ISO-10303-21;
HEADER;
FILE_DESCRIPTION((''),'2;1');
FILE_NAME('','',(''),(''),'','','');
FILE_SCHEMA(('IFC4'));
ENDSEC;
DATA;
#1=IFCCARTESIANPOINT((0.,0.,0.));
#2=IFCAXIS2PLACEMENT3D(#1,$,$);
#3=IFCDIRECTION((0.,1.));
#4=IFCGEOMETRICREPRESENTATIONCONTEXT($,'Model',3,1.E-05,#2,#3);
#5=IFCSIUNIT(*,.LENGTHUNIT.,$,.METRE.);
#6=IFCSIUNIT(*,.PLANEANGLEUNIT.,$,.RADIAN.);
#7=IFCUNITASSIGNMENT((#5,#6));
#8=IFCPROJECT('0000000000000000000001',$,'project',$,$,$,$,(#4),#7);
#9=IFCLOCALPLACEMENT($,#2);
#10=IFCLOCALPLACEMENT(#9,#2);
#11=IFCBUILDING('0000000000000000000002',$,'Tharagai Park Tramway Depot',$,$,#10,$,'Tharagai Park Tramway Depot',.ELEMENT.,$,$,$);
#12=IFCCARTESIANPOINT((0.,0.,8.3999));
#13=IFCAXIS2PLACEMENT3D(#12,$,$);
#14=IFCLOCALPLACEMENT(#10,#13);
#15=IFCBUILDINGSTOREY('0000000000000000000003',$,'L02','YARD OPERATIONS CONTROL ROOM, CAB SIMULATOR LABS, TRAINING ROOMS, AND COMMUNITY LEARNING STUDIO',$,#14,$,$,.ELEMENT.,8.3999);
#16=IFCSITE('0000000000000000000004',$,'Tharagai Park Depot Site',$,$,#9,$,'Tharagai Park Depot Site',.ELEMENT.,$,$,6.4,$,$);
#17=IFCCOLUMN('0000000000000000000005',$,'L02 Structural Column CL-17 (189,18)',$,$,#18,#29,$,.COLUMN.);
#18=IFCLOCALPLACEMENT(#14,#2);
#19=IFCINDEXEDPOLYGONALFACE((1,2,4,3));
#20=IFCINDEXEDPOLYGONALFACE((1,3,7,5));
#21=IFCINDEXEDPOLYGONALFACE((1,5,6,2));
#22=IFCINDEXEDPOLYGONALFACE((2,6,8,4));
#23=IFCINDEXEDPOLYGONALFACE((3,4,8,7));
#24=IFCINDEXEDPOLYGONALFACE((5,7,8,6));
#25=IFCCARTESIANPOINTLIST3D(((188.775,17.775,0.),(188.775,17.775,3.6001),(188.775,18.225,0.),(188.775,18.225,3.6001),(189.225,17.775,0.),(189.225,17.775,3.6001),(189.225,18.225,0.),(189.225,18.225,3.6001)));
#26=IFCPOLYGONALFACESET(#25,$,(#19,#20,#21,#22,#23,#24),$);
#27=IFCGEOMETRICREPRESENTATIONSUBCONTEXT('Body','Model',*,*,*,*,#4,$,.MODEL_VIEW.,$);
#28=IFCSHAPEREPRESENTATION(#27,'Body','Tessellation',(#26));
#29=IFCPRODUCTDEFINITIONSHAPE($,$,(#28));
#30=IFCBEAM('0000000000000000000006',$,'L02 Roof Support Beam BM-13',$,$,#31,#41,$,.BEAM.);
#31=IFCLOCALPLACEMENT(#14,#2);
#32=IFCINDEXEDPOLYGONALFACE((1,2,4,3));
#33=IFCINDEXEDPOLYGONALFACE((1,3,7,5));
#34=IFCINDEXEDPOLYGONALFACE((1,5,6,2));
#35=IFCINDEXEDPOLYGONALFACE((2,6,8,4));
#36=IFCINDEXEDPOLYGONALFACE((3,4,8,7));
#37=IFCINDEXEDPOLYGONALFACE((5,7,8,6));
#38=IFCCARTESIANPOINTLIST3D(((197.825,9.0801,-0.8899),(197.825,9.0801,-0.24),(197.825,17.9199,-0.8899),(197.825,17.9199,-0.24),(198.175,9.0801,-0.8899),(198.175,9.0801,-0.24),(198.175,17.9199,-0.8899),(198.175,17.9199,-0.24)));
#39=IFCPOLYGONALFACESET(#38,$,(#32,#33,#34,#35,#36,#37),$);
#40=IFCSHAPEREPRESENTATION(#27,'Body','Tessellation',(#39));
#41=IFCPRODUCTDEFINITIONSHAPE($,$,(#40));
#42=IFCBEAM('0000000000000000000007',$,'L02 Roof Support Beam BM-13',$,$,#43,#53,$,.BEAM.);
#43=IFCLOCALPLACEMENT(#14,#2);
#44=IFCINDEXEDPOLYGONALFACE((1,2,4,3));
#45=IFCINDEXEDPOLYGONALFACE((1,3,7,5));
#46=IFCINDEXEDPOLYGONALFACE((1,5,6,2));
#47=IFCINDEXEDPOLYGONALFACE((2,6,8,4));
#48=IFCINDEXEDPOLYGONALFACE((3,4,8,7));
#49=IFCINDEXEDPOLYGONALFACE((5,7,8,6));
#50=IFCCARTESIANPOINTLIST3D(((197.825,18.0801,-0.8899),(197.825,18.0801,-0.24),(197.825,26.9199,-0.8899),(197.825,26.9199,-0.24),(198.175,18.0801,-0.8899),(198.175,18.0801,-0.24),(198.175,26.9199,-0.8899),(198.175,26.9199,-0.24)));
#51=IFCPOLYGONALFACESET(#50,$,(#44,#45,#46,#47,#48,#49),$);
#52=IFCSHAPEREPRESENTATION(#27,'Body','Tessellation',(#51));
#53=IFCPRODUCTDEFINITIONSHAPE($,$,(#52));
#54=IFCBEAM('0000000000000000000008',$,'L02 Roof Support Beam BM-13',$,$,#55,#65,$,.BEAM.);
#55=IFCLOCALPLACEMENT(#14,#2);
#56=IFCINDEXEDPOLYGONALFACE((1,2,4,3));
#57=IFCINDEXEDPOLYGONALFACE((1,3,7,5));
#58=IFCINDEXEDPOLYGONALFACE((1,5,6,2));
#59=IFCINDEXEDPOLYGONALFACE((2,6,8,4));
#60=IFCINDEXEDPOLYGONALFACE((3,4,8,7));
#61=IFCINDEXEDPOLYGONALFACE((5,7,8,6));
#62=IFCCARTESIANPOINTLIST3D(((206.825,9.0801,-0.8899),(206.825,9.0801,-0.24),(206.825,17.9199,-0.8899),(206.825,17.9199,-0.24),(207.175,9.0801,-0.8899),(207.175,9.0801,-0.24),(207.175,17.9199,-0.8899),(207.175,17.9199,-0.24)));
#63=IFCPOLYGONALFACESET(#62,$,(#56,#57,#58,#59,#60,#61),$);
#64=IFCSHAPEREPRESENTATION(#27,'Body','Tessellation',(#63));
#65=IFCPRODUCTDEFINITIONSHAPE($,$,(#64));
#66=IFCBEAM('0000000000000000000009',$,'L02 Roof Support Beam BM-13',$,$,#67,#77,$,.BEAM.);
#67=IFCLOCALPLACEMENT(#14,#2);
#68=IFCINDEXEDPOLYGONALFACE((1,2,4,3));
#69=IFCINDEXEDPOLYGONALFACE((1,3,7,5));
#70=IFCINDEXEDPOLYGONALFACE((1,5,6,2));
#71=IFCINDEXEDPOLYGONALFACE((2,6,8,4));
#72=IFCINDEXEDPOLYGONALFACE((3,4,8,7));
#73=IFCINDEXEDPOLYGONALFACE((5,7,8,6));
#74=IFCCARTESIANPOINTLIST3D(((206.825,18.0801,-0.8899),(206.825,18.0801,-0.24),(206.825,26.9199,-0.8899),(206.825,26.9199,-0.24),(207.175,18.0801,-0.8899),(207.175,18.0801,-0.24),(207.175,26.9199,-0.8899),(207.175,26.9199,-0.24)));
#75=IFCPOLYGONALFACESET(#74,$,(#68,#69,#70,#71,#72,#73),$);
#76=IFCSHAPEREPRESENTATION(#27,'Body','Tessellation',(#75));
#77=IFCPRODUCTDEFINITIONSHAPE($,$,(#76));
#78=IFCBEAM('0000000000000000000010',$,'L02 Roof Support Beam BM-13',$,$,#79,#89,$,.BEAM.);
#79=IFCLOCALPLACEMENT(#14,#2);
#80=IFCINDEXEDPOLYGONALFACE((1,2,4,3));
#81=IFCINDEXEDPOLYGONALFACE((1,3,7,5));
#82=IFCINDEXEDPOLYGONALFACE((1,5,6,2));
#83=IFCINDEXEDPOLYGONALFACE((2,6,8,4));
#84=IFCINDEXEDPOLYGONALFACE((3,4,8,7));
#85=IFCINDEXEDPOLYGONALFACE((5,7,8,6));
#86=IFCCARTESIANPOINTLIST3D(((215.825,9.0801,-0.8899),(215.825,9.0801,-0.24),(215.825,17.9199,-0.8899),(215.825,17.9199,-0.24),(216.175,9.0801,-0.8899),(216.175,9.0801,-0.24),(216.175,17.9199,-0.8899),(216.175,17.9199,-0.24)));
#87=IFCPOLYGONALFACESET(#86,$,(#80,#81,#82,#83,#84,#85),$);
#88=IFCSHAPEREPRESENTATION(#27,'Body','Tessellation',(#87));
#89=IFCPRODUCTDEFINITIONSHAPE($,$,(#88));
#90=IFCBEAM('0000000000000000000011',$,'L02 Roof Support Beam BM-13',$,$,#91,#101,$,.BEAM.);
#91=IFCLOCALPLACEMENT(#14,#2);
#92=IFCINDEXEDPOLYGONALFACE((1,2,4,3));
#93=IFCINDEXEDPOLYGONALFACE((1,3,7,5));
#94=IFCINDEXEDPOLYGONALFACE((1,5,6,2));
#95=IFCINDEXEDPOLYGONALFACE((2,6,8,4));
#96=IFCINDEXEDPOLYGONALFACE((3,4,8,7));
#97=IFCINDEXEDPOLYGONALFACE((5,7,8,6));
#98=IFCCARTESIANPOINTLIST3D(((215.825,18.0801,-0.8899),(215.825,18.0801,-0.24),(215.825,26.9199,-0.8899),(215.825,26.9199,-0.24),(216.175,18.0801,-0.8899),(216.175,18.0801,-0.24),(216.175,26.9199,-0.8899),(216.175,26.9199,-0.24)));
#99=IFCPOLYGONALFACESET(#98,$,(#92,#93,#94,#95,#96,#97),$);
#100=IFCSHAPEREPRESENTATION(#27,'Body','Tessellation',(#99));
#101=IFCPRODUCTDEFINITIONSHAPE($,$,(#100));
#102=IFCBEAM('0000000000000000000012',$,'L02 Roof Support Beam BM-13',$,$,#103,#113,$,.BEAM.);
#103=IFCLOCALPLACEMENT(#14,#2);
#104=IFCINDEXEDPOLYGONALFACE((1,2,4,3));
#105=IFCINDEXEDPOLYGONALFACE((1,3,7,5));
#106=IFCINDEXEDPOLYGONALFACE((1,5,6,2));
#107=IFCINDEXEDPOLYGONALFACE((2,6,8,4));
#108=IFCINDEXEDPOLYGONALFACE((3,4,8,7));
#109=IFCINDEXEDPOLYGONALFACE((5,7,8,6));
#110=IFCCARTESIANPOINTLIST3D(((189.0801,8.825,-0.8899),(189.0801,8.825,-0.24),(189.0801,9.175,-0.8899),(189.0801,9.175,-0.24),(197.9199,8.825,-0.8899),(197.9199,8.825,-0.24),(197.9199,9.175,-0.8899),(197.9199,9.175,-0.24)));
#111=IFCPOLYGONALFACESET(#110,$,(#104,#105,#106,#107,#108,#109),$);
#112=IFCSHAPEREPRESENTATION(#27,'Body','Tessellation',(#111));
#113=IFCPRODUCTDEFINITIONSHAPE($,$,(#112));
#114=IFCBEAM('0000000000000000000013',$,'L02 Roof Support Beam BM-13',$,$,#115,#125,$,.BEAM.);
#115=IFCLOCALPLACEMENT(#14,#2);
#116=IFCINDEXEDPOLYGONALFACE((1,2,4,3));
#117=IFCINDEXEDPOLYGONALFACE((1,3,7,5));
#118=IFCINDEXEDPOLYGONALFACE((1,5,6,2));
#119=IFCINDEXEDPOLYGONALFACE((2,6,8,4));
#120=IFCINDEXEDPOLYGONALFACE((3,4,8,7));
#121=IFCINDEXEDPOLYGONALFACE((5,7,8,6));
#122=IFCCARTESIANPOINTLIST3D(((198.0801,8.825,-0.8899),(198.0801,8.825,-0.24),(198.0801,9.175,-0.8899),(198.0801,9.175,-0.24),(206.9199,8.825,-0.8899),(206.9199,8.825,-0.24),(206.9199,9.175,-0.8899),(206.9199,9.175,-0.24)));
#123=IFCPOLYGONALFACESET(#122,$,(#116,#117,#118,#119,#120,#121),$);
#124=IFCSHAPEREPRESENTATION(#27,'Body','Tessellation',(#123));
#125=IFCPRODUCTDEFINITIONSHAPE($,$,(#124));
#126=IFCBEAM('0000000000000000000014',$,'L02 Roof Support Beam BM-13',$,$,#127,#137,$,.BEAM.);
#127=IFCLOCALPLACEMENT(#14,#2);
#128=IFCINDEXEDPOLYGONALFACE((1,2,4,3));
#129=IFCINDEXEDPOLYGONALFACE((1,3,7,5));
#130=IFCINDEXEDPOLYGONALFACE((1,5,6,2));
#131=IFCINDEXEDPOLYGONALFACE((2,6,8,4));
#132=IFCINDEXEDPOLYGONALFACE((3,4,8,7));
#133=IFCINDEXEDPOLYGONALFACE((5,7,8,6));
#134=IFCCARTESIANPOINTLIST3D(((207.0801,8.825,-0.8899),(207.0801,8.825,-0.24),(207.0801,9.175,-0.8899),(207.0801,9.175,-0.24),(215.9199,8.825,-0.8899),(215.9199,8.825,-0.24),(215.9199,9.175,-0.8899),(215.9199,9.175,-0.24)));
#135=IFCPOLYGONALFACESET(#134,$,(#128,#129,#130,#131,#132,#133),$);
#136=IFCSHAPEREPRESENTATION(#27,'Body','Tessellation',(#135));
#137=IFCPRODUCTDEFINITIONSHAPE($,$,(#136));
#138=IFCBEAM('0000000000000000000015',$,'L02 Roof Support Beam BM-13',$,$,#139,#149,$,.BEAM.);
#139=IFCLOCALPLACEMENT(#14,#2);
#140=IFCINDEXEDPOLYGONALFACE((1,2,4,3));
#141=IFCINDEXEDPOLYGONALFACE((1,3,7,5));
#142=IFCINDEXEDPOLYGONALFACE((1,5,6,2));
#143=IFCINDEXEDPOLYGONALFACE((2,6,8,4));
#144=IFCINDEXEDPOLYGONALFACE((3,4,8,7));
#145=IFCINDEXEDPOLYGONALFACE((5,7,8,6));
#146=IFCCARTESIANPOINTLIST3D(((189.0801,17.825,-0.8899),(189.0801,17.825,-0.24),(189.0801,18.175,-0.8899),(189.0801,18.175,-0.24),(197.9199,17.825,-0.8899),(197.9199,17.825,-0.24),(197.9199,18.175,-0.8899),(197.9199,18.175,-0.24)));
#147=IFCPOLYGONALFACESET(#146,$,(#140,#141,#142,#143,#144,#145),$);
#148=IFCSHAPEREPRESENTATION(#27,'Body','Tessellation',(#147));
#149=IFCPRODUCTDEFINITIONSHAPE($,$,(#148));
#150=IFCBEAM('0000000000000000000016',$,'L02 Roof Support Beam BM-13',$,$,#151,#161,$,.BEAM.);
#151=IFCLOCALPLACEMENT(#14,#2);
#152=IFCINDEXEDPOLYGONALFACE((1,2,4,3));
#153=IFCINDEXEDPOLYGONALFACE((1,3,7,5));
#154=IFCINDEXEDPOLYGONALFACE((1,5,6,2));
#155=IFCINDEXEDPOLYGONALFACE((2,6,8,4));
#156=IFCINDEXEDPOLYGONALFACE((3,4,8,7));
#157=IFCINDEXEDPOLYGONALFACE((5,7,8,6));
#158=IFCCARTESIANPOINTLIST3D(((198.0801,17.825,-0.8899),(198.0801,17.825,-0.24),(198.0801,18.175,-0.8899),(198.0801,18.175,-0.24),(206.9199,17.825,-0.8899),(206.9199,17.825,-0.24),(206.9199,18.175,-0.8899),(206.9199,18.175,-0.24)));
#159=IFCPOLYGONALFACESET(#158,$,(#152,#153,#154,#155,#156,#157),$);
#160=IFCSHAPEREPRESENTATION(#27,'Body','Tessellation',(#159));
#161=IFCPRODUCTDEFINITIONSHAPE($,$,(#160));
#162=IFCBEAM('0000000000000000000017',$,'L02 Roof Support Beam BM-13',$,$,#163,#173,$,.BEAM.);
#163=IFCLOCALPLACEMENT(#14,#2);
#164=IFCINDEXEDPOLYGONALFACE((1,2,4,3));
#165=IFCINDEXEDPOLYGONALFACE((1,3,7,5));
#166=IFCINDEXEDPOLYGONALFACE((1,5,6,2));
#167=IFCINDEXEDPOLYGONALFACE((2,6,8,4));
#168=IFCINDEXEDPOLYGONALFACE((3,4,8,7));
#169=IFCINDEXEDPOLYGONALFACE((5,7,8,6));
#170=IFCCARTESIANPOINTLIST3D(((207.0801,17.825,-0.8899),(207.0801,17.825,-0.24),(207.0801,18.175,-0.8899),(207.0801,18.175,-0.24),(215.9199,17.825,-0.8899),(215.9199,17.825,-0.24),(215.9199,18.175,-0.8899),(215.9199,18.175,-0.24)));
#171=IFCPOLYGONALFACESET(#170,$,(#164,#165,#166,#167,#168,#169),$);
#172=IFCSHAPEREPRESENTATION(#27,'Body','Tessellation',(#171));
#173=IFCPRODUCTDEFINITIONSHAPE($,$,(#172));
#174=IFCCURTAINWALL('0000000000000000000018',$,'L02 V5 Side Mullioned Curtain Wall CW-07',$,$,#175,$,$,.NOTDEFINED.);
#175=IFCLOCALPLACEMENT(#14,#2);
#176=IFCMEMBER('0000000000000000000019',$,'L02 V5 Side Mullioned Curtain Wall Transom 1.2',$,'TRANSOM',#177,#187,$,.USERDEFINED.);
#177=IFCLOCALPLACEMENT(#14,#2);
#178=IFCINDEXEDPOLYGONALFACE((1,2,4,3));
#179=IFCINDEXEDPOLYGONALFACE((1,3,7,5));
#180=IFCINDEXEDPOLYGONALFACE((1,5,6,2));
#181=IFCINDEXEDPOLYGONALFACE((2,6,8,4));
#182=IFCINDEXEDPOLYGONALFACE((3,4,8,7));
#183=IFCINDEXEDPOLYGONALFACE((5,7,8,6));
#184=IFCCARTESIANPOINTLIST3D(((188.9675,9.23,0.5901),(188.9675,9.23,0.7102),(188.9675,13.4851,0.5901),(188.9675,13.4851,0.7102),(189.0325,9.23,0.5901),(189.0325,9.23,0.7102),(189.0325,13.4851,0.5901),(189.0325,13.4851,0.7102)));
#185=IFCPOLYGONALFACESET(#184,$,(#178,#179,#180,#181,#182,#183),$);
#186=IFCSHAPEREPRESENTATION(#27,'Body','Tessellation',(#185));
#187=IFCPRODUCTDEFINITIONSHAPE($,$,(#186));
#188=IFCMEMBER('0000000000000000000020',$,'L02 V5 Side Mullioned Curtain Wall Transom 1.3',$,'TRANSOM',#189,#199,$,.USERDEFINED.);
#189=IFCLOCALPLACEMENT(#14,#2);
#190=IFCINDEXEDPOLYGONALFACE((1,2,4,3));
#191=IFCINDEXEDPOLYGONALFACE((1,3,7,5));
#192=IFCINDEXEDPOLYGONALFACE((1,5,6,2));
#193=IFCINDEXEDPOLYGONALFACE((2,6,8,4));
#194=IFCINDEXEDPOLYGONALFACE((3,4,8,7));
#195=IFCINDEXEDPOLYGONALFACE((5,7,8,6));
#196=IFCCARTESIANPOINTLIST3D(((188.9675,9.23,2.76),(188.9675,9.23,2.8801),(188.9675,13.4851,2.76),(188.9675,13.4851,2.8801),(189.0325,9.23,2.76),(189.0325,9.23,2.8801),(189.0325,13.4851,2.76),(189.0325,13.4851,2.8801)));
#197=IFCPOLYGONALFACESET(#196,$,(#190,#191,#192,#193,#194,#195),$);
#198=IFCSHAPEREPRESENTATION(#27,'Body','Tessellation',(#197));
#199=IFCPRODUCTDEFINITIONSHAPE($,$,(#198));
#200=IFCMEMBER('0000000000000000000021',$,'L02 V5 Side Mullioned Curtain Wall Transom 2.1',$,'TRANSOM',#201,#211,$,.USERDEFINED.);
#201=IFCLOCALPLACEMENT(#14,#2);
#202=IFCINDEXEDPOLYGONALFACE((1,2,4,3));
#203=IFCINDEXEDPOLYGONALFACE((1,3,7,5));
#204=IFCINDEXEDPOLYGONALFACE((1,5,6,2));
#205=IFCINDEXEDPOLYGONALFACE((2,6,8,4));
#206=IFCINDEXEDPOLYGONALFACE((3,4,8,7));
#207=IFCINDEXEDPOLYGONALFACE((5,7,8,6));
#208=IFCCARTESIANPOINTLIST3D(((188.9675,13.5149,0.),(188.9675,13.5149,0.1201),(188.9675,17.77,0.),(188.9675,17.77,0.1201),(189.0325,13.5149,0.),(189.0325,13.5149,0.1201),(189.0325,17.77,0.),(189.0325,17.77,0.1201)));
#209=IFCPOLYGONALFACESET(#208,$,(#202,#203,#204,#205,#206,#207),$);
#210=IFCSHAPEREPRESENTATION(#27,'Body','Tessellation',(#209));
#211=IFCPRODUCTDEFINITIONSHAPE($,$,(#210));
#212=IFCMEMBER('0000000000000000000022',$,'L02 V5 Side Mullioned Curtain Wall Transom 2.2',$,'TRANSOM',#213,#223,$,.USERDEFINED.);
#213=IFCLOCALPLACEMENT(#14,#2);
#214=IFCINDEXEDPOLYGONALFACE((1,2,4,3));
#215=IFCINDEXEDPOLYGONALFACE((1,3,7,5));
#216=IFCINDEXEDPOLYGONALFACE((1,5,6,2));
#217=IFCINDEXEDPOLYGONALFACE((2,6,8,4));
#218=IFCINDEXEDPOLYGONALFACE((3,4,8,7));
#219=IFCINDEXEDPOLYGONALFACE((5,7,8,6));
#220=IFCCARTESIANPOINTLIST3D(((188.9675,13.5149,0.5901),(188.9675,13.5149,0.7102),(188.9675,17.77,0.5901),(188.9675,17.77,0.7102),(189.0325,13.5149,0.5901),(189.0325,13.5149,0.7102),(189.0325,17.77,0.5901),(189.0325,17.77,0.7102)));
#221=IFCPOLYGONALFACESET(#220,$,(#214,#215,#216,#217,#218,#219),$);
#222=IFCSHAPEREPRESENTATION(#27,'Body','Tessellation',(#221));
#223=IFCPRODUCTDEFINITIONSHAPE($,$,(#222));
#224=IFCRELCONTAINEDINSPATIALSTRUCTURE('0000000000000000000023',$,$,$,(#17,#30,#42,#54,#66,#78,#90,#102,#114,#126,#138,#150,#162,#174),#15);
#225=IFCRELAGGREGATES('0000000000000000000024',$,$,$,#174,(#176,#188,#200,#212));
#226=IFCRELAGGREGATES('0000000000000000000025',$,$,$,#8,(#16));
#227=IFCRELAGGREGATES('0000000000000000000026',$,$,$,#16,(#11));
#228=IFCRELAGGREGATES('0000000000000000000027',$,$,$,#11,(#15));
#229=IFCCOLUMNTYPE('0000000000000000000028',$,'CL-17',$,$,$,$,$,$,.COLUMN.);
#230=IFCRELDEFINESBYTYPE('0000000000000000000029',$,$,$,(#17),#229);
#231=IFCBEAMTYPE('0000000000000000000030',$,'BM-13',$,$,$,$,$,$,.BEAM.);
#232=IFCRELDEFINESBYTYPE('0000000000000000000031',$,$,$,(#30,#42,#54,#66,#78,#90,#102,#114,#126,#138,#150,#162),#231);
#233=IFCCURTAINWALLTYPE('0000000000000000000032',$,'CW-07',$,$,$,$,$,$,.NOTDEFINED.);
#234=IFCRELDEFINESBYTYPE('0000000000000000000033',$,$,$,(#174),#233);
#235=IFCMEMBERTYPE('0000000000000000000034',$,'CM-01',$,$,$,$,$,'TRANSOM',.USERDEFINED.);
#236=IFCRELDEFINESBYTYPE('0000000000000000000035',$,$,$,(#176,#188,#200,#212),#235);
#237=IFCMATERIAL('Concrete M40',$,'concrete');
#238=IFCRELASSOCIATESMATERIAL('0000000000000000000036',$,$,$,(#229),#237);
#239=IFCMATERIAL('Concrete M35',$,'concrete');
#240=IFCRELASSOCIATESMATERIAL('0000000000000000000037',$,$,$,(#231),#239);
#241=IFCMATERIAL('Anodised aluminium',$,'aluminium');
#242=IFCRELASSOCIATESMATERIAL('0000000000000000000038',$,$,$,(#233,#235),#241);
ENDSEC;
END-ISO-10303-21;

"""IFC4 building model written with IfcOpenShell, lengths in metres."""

from ifc_helpers import new_model, si_unit, direction, frame, origin, origin_2d, place, context, subcontext, project, spatial, rectangle, extrude, material, material_profile, profile_set, type_object, element, aggregate, save


model = new_model("IFC4")

# Units and contexts
model_context = context("Model", 3, precision=1e-05, world=origin(), true_north=direction((0.0, 1.0)))
body_context = subcontext(model_context, "Body", "Model", "MODEL_VIEW")
ifc_project = project(units=[si_unit("LENGTHUNIT", "METRE"), si_unit("PLANEANGLEUNIT", "RADIAN")], contexts=[model_context])

# Site, building, storey
site_placement = place(None, origin())
site = spatial("IfcSite", under=ifc_project, at=site_placement, Name="Tharagai Park Depot Site", LongName="Tharagai Park Depot Site", CompositionType="ELEMENT", RefElevation=6.4)
building_placement = place(site_placement, origin())
building = spatial("IfcBuilding", under=site, at=building_placement, Name="Tharagai Park Tramway Depot", LongName="Tharagai Park Tramway Depot", CompositionType="ELEMENT")
storey_placement = place(building_placement, frame((0.0, 0.0, 8.3999)))
storey = spatial("IfcBuildingStorey", under=building, at=storey_placement, Name="L02", Description="YARD OPERATIONS CONTROL ROOM, CAB SIMULATOR LABS, TRAINING ROOMS, AND COMMUNITY LEARNING STUDIO", CompositionType="ELEMENT", Elevation=8.3999)

# Column
ifc_material_1 = material(Name="Concrete M40", Category="concrete")
ifc_material_profile_1 = material_profile(ifc_material_1, rectangle(XDim=0.45, YDim=0.45, at=origin_2d()), Name="RC 450x450")
ifc_profile_set_1 = profile_set([ifc_material_profile_1], Name="Concrete M40")
column_type = type_object("IfcColumnType", Name="CL-17", PredefinedType="COLUMN", material=ifc_profile_set_1)
column_placement = place(storey_placement, frame((189.0, 18.0, 0.0), z_axis=(0.0, 0.0, 1.0), x_axis=(1.0, 0.0, 0.0)))
element("IfcColumn", 1, at=column_placement, inside=storey, type_object=column_type, Name="L02 Structural Column CL-17 (189,18)", PredefinedType="COLUMN", context=body_context, shape_type="SweptSolid", body=[
    extrude(rectangle(XDim=0.45, YDim=0.45, at=origin_2d()), origin(), (0.0, 0.0, 1.0), 3.6001),
])

# Beams
ifc_material_2 = material(Name="Concrete M35", Category="concrete")
ifc_material_profile_2 = material_profile(ifc_material_2, rectangle(XDim=0.3501, YDim=0.6499, at=origin_2d()), Name="RC 350x650")
ifc_profile_set_2 = profile_set([ifc_material_profile_2], Name="Concrete M35")
beam_type_1 = type_object("IfcBeamType", Name="BM-13", PredefinedType="BEAM", material=ifc_profile_set_2)
for number, where, z_axis, x_axis, name in (
    (2, (198.0, 9.0801, -0.5649), (0.0, 1.0, 0.0), (-1.0, 0.0, 0.0), "L02 Roof Support Beam BM-13"),
    (3, (198.0, 18.0801, -0.5649), (0.0, 1.0, 0.0), (-1.0, 0.0, 0.0), "L02 Roof Support Beam BM-13"),
    (4, (207.0, 9.0801, -0.5649), (0.0, 1.0, 0.0), (-1.0, 0.0, 0.0), "L02 Roof Support Beam BM-13"),
    (5, (207.0, 18.0801, -0.5649), (0.0, 1.0, 0.0), (-1.0, 0.0, 0.0), "L02 Roof Support Beam BM-13"),
    (6, (216.0, 9.0801, -0.5649), (0.0, 1.0, 0.0), (-1.0, 0.0, 0.0), "L02 Roof Support Beam BM-13"),
    (7, (216.0, 18.0801, -0.5649), (0.0, 1.0, 0.0), (-1.0, 0.0, 0.0), "L02 Roof Support Beam BM-13"),
    (8, (189.0801, 9.0, -0.5649), (1.0, 0.0, 0.0), (0.0, 1.0, 0.0), "L02 Roof Support Beam BM-13"),
    (9, (198.0801, 9.0, -0.5649), (1.0, 0.0, 0.0), (0.0, 1.0, 0.0), "L02 Roof Support Beam BM-13"),
    (10, (207.0801, 9.0, -0.5649), (1.0, 0.0, 0.0), (0.0, 1.0, 0.0), "L02 Roof Support Beam BM-13"),
    (11, (189.0801, 18.0, -0.5649), (1.0, 0.0, 0.0), (0.0, 1.0, 0.0), "L02 Roof Support Beam BM-13"),
    (12, (198.0801, 18.0, -0.5649), (1.0, 0.0, 0.0), (0.0, 1.0, 0.0), "L02 Roof Support Beam BM-13"),
    (13, (207.0801, 18.0, -0.5649), (1.0, 0.0, 0.0), (0.0, 1.0, 0.0), "L02 Roof Support Beam BM-13"),
):
    element("IfcBeam", number, at=place(storey_placement, frame(where, z_axis=z_axis, x_axis=x_axis)), inside=storey, type_object=beam_type_1, Name=name, PredefinedType="BEAM", context=body_context, shape_type="SweptSolid", body=[
        extrude(rectangle(XDim=0.3501, YDim=0.6499, at=origin_2d()), origin(), (0.0, 0.0, 1.0), 8.8398),
    ])

# Curtain wall, members
ifc_material_3 = material(Name="Anodised aluminium", Category="aluminium")
curtain_wall_type = type_object("IfcCurtainWallType", Name="CW-07", PredefinedType="NOTDEFINED", material=ifc_material_3)
curtain_wall_placement = place(storey_placement, origin())
curtain_wall = element("IfcCurtainWall", 14, at=curtain_wall_placement, inside=storey, type_object=curtain_wall_type, Name="L02 V5 Side Mullioned Curtain Wall CW-07", PredefinedType="NOTDEFINED")
ifc_material_profile_3 = material_profile(ifc_material_3, rectangle(XDim=0.0649, YDim=0.1201, at=origin_2d()), Name="ALU 65x120")
ifc_profile_set_3 = profile_set([ifc_material_profile_3], Name="Anodised aluminium")
member_type_1 = type_object("IfcMemberType", Name="CM-01", ElementType="TRANSOM", PredefinedType="USERDEFINED", material=ifc_profile_set_3)
member_1_placement = place(storey_placement, frame((189.0, 9.23, 0.6501), z_axis=(0.0, 1.0, 0.0), x_axis=(-1.0, 0.0, 0.0)))
member_1 = element("IfcMember", 15, at=member_1_placement, type_object=member_type_1, Name="L02 V5 Side Mullioned Curtain Wall Transom 1.2", ObjectType="TRANSOM", PredefinedType="USERDEFINED", context=body_context, shape_type="SweptSolid", body=[
    extrude(rectangle(XDim=0.0649, YDim=0.1201, at=origin_2d()), origin(), (0.0, 0.0, 1.0), 4.2551),
])
member_2_placement = place(storey_placement, frame((189.0, 9.23, 2.8201), z_axis=(0.0, 1.0, 0.0), x_axis=(-1.0, 0.0, 0.0)))
member_2 = element("IfcMember", 16, at=member_2_placement, type_object=member_type_1, Name="L02 V5 Side Mullioned Curtain Wall Transom 1.3", ObjectType="TRANSOM", PredefinedType="USERDEFINED", context=body_context, shape_type="SweptSolid", body=[
    extrude(rectangle(XDim=0.0649, YDim=0.1201, at=origin_2d()), origin(), (0.0, 0.0, 1.0), 4.2551),
])
member_3_placement = place(storey_placement, frame((189.0, 13.5149, 0.0601), z_axis=(0.0, 1.0, 0.0), x_axis=(-1.0, 0.0, 0.0)))
member_3 = element("IfcMember", 17, at=member_3_placement, type_object=member_type_1, Name="L02 V5 Side Mullioned Curtain Wall Transom 2.1", ObjectType="TRANSOM", PredefinedType="USERDEFINED", context=body_context, shape_type="SweptSolid", body=[
    extrude(rectangle(XDim=0.0649, YDim=0.1201, at=origin_2d()), origin(), (0.0, 0.0, 1.0), 4.2551),
])
member_4_placement = place(storey_placement, frame((189.0, 13.5149, 0.6501), z_axis=(0.0, 1.0, 0.0), x_axis=(-1.0, 0.0, 0.0)))
member_4 = element("IfcMember", 18, at=member_4_placement, type_object=member_type_1, Name="L02 V5 Side Mullioned Curtain Wall Transom 2.2", ObjectType="TRANSOM", PredefinedType="USERDEFINED", context=body_context, shape_type="SweptSolid", body=[
    extrude(rectangle(XDim=0.0649, YDim=0.1201, at=origin_2d()), origin(), (0.0, 0.0, 1.0), 4.2551),
])

aggregate(curtain_wall, [member_1, member_2, member_3, member_4])

save(model, "model.ifc")
